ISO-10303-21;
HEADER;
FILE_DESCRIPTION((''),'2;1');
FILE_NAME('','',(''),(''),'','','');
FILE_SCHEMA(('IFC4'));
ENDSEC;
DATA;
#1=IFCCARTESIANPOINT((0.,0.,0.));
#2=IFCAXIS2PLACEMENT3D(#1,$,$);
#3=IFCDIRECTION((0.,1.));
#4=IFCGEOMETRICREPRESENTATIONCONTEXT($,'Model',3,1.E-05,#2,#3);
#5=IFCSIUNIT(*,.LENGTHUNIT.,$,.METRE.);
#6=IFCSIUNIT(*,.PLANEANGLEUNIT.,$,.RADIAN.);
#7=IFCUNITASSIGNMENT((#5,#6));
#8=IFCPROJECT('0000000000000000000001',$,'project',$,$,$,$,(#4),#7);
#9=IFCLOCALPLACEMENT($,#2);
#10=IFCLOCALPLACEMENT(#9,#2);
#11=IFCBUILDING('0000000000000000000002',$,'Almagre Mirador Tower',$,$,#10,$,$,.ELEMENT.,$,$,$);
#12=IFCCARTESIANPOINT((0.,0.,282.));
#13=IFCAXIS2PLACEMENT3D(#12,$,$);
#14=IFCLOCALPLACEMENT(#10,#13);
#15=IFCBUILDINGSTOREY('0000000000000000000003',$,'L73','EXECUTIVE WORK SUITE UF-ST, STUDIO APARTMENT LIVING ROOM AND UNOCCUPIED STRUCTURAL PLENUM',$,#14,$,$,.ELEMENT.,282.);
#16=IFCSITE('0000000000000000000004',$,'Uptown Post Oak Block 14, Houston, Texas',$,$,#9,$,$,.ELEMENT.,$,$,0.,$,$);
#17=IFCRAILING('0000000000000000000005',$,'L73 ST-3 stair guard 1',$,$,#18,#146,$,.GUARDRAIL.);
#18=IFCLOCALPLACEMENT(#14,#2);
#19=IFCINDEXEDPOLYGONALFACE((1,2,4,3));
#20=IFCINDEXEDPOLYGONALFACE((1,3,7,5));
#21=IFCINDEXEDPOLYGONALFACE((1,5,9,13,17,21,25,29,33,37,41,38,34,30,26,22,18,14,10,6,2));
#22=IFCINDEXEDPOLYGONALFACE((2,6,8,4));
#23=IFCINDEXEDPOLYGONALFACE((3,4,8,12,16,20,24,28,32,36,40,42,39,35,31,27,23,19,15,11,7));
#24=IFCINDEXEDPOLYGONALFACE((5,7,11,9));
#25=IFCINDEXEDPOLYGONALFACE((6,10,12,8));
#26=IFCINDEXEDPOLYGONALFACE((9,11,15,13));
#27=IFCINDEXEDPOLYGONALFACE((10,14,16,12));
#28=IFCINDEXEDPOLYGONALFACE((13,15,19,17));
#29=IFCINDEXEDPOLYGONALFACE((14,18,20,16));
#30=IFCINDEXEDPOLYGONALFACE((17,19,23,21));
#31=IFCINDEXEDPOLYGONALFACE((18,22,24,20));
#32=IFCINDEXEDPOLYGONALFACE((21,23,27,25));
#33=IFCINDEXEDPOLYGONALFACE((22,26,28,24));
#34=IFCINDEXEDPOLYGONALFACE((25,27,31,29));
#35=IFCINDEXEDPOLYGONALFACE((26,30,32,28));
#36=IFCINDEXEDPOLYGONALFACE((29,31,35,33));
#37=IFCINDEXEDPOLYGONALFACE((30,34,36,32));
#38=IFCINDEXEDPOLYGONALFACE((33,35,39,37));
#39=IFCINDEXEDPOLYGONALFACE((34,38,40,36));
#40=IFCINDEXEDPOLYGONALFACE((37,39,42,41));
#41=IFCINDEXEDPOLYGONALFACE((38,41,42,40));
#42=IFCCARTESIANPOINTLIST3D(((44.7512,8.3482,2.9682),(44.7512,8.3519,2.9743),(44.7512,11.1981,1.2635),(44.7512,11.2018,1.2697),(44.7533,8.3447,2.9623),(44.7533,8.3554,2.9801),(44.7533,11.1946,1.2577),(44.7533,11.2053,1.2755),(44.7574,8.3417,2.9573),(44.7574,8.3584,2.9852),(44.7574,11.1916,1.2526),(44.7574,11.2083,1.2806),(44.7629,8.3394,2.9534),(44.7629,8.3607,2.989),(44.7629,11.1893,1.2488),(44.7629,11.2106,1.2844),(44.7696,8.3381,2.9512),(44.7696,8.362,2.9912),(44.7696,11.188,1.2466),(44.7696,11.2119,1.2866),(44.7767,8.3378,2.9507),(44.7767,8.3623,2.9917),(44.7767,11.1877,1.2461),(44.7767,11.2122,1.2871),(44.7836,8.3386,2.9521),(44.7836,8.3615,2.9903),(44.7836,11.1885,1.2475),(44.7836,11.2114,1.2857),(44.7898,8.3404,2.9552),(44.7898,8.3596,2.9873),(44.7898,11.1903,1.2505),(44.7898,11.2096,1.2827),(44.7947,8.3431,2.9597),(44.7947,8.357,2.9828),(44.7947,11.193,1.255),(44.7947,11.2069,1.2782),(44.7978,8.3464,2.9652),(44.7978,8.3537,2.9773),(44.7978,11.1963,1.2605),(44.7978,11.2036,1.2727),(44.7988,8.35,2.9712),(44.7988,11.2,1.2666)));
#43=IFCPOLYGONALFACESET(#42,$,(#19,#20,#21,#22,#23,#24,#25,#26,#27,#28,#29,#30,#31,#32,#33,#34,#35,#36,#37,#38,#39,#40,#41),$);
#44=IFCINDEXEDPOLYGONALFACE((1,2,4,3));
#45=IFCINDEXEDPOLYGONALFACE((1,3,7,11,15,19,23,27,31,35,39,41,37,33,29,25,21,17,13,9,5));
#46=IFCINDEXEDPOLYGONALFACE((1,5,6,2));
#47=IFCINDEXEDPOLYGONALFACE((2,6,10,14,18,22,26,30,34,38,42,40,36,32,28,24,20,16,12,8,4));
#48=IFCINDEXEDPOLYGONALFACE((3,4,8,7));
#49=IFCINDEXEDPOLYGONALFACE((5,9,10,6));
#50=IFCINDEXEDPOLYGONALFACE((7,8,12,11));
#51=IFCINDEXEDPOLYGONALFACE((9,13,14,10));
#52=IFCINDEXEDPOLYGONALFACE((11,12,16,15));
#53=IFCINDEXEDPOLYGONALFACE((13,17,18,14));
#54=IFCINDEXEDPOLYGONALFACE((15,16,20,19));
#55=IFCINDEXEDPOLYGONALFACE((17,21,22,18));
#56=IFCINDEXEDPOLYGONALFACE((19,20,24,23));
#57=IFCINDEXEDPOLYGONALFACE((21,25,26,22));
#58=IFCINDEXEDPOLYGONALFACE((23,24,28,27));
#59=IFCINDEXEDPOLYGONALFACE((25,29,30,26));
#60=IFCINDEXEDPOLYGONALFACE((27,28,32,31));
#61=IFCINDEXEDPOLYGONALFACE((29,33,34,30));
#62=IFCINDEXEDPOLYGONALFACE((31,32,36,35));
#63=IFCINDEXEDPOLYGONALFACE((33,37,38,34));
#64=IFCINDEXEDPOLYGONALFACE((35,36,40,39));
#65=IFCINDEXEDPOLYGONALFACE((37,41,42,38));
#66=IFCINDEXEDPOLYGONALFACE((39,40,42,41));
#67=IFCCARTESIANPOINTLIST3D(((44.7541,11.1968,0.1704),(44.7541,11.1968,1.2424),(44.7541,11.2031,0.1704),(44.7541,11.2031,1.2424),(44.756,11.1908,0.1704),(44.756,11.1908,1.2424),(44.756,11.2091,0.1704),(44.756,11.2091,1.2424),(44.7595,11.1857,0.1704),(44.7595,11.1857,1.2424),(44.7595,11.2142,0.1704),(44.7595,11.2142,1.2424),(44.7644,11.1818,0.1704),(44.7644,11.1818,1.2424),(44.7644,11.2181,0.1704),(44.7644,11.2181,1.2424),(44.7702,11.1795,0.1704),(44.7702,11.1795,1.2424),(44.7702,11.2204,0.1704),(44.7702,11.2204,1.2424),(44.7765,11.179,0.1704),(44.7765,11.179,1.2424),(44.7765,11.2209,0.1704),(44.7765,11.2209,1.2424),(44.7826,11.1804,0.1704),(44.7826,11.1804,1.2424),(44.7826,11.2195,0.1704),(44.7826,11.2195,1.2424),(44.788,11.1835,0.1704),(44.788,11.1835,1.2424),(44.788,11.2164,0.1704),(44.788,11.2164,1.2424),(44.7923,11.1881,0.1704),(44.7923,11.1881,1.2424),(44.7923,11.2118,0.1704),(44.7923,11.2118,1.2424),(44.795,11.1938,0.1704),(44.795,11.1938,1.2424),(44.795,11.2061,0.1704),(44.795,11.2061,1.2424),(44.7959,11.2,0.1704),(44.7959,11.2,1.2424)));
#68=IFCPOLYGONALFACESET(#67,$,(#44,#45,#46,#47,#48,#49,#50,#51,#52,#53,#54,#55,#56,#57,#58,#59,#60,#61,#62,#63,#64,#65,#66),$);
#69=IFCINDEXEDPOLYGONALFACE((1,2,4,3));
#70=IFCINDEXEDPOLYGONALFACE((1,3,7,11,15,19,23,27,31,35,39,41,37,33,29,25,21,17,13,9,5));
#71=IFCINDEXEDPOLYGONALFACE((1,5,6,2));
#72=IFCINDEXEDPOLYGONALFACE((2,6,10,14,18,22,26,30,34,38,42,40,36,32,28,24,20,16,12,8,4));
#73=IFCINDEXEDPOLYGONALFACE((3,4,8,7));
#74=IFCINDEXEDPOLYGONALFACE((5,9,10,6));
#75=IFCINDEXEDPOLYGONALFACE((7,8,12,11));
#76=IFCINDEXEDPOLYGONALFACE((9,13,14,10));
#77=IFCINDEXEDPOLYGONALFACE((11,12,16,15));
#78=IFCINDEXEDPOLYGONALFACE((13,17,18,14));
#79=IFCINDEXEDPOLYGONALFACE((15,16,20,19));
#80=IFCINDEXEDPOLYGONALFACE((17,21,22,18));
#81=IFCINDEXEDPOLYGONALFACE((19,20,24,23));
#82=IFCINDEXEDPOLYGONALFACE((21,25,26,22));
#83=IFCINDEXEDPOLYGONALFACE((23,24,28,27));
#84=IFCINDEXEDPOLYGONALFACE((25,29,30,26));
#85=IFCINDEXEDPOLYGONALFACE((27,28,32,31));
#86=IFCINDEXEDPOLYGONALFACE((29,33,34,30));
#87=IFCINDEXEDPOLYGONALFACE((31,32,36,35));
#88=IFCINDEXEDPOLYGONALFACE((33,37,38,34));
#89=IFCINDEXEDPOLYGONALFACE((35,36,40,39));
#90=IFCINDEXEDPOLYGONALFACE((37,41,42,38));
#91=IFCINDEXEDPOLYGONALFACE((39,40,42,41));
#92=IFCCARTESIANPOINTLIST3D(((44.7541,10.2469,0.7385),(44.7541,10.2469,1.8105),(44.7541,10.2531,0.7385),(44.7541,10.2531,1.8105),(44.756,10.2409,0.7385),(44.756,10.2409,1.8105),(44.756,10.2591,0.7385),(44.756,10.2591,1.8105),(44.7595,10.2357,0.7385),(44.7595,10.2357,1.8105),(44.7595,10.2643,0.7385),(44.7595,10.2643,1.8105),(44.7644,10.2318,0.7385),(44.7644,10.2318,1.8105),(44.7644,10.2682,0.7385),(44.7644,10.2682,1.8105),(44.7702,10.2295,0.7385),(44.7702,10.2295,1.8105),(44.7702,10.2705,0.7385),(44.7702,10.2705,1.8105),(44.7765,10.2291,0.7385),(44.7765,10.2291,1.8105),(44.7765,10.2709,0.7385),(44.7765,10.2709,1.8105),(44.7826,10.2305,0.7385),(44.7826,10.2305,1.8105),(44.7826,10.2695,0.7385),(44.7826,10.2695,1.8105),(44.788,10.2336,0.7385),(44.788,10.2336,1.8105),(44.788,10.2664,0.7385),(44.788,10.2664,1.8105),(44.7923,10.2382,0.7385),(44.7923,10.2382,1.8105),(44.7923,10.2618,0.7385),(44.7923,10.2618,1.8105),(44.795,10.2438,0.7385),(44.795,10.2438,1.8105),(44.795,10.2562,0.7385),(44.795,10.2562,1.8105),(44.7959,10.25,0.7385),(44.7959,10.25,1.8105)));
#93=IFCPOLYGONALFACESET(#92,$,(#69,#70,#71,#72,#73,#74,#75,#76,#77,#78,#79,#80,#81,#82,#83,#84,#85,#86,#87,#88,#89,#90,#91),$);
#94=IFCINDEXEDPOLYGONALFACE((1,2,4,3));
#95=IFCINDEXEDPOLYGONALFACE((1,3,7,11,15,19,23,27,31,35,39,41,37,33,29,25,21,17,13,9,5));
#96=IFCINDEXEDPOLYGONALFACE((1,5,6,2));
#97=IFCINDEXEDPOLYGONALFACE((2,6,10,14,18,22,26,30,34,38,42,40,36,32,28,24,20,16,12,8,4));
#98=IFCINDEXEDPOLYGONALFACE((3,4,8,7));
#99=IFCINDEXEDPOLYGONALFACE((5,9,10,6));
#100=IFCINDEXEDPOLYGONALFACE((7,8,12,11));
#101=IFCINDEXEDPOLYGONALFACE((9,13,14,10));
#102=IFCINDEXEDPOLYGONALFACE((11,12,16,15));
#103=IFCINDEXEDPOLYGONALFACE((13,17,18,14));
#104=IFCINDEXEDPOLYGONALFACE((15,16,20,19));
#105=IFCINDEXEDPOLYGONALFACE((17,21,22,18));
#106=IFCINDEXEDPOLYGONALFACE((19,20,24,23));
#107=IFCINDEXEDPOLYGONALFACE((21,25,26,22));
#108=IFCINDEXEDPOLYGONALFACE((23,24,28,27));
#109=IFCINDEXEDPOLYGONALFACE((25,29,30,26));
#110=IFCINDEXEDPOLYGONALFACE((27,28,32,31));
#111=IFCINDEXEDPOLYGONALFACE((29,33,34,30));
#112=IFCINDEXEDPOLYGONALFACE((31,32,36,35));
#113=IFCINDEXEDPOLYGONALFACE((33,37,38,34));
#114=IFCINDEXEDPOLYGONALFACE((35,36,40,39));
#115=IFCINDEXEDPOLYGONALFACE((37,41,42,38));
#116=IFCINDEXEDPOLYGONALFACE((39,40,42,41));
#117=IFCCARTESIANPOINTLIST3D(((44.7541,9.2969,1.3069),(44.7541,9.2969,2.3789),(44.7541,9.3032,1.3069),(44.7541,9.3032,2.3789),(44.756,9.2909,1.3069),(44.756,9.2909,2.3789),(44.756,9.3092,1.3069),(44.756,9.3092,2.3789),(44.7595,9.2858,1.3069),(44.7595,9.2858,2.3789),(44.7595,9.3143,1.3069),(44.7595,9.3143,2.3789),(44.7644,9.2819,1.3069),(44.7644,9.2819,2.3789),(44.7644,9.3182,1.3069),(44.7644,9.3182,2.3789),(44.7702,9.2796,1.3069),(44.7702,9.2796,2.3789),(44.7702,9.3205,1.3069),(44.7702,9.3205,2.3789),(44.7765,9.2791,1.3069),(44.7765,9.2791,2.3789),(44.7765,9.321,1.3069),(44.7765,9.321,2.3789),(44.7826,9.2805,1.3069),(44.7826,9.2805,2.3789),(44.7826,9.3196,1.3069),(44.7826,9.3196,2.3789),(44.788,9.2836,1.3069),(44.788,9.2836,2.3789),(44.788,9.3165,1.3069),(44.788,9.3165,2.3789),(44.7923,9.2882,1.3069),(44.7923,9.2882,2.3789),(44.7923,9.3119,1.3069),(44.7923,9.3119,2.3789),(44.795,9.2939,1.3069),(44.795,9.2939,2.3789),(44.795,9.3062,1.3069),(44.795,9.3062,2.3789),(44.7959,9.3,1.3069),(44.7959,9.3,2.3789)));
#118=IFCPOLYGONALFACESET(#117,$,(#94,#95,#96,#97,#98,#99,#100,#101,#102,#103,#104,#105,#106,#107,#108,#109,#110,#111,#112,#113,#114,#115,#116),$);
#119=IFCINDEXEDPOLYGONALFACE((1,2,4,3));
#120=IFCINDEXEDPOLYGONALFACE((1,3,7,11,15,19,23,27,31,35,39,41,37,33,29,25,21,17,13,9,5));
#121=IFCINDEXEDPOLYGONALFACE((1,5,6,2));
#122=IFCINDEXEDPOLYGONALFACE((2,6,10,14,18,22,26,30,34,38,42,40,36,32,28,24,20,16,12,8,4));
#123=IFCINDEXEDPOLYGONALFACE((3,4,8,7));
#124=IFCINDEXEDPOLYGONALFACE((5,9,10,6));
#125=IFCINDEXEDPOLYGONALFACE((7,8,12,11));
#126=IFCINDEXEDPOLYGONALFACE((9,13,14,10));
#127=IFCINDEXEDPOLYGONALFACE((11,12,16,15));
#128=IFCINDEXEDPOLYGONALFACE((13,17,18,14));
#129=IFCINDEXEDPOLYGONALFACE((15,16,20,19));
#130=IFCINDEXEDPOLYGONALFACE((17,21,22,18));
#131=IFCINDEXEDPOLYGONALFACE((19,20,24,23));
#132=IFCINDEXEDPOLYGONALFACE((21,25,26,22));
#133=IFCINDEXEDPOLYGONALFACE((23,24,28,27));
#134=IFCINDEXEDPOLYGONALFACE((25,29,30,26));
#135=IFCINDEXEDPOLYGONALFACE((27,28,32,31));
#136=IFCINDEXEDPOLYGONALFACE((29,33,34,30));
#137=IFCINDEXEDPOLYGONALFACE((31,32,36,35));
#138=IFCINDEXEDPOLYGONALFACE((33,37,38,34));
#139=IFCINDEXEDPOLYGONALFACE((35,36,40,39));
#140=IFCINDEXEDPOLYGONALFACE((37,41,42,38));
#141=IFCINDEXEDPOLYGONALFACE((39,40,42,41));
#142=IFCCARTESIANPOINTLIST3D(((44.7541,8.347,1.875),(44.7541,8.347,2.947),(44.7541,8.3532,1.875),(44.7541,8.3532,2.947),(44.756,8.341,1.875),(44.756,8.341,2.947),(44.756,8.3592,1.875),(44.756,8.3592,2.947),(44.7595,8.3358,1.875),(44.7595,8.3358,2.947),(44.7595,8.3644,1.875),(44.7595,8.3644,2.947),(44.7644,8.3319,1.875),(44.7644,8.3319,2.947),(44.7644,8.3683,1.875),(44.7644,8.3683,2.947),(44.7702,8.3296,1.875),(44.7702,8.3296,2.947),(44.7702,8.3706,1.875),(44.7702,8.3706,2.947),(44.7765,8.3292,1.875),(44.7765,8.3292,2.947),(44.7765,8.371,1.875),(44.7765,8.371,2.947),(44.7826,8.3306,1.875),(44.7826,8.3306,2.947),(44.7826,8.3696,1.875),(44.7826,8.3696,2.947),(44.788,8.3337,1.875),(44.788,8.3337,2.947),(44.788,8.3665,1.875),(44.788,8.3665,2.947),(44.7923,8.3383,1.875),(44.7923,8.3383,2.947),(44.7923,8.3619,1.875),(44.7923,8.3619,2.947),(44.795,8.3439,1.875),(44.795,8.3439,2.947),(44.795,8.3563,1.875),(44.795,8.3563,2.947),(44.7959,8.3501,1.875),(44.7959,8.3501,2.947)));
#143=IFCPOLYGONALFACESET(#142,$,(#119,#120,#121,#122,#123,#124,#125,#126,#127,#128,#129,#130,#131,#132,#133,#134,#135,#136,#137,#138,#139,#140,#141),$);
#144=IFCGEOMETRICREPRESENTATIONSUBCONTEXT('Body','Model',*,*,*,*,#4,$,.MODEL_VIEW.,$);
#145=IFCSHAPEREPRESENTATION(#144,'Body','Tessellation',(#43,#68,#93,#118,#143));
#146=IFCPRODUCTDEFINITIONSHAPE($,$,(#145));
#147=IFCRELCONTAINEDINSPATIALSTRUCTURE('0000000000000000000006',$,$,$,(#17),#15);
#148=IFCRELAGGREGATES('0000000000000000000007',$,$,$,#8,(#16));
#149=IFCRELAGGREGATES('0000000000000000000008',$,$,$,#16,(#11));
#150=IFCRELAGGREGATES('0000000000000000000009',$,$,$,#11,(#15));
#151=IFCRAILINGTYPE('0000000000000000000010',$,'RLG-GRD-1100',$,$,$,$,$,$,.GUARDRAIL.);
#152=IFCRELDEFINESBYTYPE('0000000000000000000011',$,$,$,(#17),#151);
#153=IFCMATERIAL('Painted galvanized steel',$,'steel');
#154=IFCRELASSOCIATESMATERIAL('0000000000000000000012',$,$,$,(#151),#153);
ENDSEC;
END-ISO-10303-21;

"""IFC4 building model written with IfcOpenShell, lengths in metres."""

from ifc_helpers import new_model, si_unit, direction, frame, origin, origin_2d, place, context, subcontext, project, spatial, circle, extrude, material, type_object, element, save


model = new_model("IFC4")

# Units and contexts
model_context = context("Model", 3, precision=1e-05, world=origin(), true_north=direction((0.0, 1.0)))
body_context = subcontext(model_context, "Body", "Model", "MODEL_VIEW")
ifc_project = project(units=[si_unit("LENGTHUNIT", "METRE"), si_unit("PLANEANGLEUNIT", "RADIAN")], contexts=[model_context])

# Site, building, storey
site_placement = place(None, origin())
site = spatial("IfcSite", under=ifc_project, at=site_placement, Name="Uptown Post Oak Block 14, Houston, Texas", CompositionType="ELEMENT", RefElevation=0.0)
building_placement = place(site_placement, origin())
building = spatial("IfcBuilding", under=site, at=building_placement, Name="Almagre Mirador Tower", CompositionType="ELEMENT")
storey_placement = place(building_placement, frame((0.0, 0.0, 282.0)))
storey = spatial("IfcBuildingStorey", under=building, at=storey_placement, Name="L73", Description="EXECUTIVE WORK SUITE UF-ST, STUDIO APARTMENT LIVING ROOM AND UNOCCUPIED STRUCTURAL PLENUM", CompositionType="ELEMENT", Elevation=282.0)

# Railing
ifc_material_1 = material(Name="Painted galvanized steel", Category="steel")
railing_type_1 = type_object("IfcRailingType", Name="RLG-GRD-1100", PredefinedType="GUARDRAIL", material=ifc_material_1)
railing_1_placement = place(storey_placement, frame((44.7749, 11.2, 0.1704)))
element("IfcRailing", 1, at=railing_1_placement, inside=storey, type_object=railing_type_1, Name="L73 ST-3 stair guard 1", PredefinedType="GUARDRAIL", context=body_context, shape_type="SweptSolid", body=[
    extrude(circle(Radius=0.0239, at=origin_2d()), frame((0.0, 0.0, 1.0962), z_axis=(0.0, -0.858199, 0.513317), x_axis=(1.0, 0.0, 0.0)), (0.0, 0.0, 1.0), 3.3208),
    extrude(circle(Radius=0.021, at=origin_2d()), origin(), (0.0, 0.0, 1.0), 1.072),
    extrude(circle(Radius=0.021, at=origin_2d()), frame((0.0, -0.95, 0.5681)), (0.0, 0.0, 1.0), 1.072),
    extrude(circle(Radius=0.021, at=origin_2d()), frame((0.0, -1.8999, 1.1365)), (0.0, 0.0, 1.0), 1.072),
    extrude(circle(Radius=0.021, at=origin_2d()), frame((0.0, -2.8499, 1.7046)), (0.0, 0.0, 1.0), 1.072),
])

save(model, "model.ifc")
